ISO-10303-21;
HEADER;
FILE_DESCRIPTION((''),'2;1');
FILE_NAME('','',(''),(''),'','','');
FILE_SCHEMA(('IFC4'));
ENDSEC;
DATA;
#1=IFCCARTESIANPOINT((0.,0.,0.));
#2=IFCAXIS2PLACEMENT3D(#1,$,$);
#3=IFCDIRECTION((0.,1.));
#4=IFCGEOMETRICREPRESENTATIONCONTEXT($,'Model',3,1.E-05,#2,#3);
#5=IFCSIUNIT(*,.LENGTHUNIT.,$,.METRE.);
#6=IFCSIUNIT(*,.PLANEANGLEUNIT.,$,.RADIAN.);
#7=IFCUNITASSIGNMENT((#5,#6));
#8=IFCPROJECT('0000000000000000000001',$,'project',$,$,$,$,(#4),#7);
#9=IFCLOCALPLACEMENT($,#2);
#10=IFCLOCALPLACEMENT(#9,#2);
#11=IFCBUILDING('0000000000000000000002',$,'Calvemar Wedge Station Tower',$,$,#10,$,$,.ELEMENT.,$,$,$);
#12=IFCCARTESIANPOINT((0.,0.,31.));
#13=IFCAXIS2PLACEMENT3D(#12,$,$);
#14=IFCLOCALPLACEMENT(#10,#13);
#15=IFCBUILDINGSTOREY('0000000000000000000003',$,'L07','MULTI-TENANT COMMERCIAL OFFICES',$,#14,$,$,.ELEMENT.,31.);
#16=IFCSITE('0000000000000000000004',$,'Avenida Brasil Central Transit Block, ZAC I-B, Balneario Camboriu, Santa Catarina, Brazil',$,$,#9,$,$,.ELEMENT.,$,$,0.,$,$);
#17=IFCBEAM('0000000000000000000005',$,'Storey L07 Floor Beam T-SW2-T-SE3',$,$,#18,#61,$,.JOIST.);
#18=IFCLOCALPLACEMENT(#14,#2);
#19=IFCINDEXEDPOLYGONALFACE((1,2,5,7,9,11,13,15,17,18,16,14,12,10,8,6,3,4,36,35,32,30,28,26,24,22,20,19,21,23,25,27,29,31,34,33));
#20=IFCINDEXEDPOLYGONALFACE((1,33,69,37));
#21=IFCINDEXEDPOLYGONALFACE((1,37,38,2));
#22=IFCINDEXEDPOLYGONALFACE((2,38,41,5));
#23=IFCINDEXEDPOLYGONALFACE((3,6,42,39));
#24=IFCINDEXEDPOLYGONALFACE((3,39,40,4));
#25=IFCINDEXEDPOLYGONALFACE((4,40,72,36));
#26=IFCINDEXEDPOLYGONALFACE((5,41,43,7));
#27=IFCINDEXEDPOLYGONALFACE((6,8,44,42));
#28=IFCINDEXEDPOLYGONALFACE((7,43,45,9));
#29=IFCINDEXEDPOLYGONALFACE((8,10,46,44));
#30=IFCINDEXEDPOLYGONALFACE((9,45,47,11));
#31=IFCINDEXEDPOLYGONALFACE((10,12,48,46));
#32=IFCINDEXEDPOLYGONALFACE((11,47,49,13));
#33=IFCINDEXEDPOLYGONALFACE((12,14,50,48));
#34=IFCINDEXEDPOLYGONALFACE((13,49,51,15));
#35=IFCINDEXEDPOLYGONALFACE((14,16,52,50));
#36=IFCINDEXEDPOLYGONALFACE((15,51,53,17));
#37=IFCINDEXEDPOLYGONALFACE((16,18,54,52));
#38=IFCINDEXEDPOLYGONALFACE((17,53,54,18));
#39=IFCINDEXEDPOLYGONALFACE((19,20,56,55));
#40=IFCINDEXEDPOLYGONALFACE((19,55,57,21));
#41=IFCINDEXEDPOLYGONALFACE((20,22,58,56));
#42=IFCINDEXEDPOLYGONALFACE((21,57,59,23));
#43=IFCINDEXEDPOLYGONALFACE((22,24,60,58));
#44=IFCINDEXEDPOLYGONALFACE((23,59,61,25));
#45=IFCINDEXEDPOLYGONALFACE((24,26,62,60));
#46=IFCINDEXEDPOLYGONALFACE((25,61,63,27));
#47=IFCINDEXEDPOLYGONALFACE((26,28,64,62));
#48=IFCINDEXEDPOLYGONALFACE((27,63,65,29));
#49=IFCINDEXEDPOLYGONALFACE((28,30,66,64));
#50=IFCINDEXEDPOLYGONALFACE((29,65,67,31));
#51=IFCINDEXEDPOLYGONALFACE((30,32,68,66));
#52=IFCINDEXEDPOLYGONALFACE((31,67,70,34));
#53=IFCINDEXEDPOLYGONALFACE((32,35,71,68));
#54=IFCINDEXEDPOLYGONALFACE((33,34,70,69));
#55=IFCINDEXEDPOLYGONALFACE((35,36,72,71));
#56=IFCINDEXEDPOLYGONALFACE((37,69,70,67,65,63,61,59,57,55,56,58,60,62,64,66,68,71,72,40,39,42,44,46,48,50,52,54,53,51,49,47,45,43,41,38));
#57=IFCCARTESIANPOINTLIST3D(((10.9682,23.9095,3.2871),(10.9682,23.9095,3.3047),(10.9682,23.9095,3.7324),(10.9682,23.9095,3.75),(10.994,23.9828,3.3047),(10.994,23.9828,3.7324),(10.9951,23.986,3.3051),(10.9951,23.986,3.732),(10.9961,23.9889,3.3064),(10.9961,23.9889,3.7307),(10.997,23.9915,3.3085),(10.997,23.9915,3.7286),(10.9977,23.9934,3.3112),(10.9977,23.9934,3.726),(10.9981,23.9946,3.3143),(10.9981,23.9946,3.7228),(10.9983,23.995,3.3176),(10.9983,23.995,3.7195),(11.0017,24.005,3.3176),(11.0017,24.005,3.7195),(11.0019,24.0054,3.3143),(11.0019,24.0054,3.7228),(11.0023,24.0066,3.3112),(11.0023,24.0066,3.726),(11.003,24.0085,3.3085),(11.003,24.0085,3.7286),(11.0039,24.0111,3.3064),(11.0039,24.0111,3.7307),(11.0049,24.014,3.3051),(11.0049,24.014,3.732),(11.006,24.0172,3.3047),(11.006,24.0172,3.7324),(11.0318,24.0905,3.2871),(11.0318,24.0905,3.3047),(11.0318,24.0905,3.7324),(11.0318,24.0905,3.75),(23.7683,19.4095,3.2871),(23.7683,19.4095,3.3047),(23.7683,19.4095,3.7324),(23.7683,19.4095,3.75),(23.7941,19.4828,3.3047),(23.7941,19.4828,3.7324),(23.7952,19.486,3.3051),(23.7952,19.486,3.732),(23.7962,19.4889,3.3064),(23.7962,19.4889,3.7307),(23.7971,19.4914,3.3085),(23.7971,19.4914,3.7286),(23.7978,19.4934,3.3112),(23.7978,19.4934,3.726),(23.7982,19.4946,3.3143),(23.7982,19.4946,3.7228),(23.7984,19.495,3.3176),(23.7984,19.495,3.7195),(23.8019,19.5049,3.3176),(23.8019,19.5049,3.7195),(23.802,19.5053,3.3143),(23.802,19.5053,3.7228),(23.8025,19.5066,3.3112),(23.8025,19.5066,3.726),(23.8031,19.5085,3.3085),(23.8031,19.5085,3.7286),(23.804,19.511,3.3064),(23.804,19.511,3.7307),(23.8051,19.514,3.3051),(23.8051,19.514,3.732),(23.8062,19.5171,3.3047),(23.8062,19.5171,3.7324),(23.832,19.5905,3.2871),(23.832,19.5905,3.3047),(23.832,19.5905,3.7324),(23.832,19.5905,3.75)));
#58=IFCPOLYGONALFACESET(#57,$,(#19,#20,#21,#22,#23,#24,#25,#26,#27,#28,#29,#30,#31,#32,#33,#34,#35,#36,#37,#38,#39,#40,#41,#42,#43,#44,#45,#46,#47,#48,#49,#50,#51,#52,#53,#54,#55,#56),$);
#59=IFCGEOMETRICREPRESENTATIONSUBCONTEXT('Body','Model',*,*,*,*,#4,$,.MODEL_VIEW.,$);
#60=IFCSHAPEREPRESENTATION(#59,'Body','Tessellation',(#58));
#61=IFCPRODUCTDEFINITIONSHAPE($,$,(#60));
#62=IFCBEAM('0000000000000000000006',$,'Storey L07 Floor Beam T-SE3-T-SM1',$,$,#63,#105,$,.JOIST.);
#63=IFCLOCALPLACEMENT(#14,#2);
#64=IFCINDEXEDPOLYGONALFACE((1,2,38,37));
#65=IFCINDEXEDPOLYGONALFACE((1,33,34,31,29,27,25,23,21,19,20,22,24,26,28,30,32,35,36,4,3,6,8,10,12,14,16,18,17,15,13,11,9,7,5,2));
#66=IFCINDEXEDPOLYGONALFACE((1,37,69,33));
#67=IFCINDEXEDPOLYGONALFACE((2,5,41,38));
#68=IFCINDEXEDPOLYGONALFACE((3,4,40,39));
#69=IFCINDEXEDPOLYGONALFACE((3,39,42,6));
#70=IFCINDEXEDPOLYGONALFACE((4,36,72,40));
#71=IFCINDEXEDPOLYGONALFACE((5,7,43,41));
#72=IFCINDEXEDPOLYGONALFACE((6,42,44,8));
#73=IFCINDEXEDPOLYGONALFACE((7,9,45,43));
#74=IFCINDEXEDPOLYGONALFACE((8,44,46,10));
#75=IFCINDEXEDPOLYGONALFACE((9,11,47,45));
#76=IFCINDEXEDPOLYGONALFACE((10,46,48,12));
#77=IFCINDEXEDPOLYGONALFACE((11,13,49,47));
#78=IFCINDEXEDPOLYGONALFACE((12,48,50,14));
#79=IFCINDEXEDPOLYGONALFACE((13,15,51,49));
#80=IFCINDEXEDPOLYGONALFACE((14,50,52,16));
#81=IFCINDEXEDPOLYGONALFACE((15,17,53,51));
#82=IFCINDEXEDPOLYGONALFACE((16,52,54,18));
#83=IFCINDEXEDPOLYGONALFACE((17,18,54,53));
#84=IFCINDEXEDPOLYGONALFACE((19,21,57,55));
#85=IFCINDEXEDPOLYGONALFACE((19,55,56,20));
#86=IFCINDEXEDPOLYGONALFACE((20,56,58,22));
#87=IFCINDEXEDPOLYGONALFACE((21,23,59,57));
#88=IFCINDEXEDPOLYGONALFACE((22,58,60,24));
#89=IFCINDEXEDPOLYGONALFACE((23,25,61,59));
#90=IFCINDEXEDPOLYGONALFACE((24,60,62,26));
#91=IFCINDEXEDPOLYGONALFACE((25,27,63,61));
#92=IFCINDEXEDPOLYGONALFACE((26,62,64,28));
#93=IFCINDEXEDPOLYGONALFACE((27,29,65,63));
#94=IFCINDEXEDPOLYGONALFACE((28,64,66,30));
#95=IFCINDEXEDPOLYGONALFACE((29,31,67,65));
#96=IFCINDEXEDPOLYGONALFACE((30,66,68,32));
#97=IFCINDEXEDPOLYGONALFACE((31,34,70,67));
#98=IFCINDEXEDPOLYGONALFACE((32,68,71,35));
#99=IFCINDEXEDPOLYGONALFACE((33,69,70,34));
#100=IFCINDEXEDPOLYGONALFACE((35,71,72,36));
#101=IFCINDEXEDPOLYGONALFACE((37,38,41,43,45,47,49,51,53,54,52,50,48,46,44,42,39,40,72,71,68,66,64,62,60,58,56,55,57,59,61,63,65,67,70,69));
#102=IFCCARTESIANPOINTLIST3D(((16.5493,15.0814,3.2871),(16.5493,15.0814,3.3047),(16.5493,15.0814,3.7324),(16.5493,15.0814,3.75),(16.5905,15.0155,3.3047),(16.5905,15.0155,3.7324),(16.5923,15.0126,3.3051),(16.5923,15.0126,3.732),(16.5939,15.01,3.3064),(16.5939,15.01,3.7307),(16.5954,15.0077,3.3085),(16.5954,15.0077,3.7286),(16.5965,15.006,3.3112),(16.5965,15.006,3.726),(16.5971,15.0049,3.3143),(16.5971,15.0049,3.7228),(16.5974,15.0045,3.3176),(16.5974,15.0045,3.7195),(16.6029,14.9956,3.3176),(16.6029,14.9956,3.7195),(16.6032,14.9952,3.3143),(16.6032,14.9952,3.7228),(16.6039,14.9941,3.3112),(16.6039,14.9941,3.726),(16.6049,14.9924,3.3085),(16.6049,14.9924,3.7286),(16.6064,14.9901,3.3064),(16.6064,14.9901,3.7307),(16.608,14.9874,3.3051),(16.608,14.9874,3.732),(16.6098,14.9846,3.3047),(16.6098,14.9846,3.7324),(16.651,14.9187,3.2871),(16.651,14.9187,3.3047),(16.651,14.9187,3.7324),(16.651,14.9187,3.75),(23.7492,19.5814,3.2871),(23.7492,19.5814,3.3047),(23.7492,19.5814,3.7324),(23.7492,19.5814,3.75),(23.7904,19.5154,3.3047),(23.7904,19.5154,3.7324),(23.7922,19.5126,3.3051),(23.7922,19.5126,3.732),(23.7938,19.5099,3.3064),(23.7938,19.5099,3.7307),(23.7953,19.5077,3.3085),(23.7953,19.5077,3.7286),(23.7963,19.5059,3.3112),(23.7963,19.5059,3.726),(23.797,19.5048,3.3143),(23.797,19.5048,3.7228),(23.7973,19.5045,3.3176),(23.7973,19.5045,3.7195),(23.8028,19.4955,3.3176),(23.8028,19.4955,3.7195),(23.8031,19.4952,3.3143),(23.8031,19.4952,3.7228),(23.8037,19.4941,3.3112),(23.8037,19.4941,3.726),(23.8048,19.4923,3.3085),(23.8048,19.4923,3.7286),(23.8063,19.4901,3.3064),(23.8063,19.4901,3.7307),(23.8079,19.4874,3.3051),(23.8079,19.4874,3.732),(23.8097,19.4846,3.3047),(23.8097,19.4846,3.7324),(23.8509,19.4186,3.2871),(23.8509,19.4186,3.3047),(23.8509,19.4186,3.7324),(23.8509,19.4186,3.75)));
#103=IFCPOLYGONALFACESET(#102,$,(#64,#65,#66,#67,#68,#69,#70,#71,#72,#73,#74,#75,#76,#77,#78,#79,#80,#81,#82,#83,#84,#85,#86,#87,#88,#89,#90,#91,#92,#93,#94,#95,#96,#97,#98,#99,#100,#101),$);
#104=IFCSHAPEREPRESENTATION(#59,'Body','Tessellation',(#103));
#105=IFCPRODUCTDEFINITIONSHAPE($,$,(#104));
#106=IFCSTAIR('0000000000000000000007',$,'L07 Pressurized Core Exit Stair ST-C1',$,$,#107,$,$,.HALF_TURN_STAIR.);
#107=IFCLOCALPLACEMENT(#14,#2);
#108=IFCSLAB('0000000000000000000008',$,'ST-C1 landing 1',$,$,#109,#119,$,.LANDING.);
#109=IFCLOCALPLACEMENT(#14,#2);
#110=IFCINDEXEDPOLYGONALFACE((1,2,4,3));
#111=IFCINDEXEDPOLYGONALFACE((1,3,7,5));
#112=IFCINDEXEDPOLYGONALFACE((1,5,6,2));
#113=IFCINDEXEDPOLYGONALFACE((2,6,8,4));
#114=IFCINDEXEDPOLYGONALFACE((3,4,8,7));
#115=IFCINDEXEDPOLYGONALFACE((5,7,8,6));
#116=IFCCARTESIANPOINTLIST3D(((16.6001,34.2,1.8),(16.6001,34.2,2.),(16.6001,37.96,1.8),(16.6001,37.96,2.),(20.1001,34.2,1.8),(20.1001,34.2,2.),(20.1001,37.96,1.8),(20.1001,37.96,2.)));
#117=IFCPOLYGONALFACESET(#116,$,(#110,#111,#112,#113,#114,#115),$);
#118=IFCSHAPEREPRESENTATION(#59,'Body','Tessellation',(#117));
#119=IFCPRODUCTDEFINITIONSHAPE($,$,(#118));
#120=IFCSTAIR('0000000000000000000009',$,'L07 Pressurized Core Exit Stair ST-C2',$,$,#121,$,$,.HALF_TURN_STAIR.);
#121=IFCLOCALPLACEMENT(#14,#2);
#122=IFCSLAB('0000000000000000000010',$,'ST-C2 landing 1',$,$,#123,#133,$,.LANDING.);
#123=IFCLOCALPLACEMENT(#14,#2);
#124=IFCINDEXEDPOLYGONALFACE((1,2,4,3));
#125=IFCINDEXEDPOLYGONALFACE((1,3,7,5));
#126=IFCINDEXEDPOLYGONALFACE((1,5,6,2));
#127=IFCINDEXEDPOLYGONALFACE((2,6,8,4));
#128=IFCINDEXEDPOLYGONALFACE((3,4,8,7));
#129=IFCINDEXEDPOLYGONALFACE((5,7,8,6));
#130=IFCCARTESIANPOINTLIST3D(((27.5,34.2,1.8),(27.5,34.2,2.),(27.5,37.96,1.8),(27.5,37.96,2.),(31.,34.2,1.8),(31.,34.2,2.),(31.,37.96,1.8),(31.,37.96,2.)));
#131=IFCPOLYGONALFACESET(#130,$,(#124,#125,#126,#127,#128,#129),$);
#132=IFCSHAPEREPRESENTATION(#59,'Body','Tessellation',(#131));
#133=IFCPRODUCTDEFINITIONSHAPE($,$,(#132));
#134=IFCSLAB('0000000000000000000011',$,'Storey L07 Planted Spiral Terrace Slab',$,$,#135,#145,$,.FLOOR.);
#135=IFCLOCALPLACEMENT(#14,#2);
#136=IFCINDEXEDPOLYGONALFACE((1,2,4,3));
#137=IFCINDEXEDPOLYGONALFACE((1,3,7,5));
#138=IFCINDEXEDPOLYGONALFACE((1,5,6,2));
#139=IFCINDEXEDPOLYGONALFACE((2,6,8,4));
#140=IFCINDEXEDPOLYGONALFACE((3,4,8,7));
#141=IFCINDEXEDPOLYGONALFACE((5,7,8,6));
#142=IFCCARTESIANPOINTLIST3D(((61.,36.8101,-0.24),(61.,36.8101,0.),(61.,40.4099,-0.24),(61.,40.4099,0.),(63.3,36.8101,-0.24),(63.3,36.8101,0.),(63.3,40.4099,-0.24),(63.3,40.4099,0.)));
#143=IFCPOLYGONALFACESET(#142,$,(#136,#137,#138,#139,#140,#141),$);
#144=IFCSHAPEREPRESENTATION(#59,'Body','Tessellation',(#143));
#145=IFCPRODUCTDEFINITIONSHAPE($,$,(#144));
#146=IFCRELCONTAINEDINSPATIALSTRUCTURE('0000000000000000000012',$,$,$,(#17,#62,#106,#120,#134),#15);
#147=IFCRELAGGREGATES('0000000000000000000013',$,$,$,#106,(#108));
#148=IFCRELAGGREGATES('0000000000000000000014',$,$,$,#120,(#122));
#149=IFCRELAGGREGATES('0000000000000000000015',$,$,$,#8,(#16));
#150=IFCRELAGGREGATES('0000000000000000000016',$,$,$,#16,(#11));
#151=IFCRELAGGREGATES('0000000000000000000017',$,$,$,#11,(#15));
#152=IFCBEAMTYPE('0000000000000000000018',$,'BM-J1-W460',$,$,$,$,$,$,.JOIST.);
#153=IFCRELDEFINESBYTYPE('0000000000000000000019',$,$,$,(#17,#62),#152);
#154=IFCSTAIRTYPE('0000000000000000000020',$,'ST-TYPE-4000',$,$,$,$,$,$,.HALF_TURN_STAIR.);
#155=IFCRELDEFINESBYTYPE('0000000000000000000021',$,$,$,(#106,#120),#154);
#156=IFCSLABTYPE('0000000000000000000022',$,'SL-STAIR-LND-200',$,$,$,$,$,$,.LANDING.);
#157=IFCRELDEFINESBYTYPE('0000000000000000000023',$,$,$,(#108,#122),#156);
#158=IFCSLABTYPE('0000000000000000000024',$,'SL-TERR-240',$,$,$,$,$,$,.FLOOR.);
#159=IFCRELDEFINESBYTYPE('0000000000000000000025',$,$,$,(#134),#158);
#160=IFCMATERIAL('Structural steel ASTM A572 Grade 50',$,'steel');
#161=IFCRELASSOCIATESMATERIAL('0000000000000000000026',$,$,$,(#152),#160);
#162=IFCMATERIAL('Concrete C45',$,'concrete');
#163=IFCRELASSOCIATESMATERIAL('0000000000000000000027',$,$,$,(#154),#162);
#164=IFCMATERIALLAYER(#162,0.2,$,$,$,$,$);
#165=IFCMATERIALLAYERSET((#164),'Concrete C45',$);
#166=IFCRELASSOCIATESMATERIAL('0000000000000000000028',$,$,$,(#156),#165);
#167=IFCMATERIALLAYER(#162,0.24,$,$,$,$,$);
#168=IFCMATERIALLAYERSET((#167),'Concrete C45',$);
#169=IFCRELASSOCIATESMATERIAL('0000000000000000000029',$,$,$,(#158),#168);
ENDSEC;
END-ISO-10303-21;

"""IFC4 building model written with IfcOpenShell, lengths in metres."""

from ifc_helpers import new_model, si_unit, direction, frame, origin, origin_2d, place, context, subcontext, project, spatial, polyline, i_section, outline, extrude, source, transform, mapped, material, layer, layer_set, material_profile, profile_set, type_object, element, aggregate, save


model = new_model("IFC4")

# Units and contexts
model_context = context("Model", 3, precision=1e-05, world=origin(), true_north=direction((0.0, 1.0)))
body_context = subcontext(model_context, "Body", "Model", "MODEL_VIEW")
ifc_project = project(units=[si_unit("LENGTHUNIT", "METRE"), si_unit("PLANEANGLEUNIT", "RADIAN")], contexts=[model_context])

# Site, building, storey
site_placement = place(None, origin())
site = spatial("IfcSite", under=ifc_project, at=site_placement, Name="Avenida Brasil Central Transit Block, ZAC I-B, Balneario Camboriu, Santa Catarina, Brazil", CompositionType="ELEMENT", RefElevation=0.0)
building_placement = place(site_placement, origin())
building = spatial("IfcBuilding", under=site, at=building_placement, Name="Calvemar Wedge Station Tower", CompositionType="ELEMENT")
storey_placement = place(building_placement, frame((0.0, 0.0, 31.0)))
storey = spatial("IfcBuildingStorey", under=building, at=storey_placement, Name="L07", Description="MULTI-TENANT COMMERCIAL OFFICES", CompositionType="ELEMENT", Elevation=31.0)

# Beams
ifc_material_1 = material(Name="Structural steel ASTM A572 Grade 50", Category="steel")
ifc_material_profile_1 = material_profile(ifc_material_1, i_section(OverallWidth=0.1919, OverallDepth=0.4629, WebThickness=0.0105, FlangeThickness=0.0176, FilletRadius=0.0129, at=origin_2d()), Name="W460x89")
ifc_profile_set_1 = profile_set([ifc_material_profile_1], Name="Structural steel ASTM A572 Grade 50")
beam_type_1 = type_object("IfcBeamType", Name="BM-J1-W460", PredefinedType="JOIST", material=ifc_profile_set_1)
shared_shape_1 = source(origin(), body_context, "Body", "SweptSolid", [
    extrude(i_section(OverallWidth=0.1919, OverallDepth=0.4629, WebThickness=0.0105, FlangeThickness=0.0176, FilletRadius=0.0129, at=origin_2d()), origin(), (0.0, 0.0, 1.0), 13.5681),
])
beam_1_placement = place(storey_placement, frame((11.0, 24.0, 3.5186), z_axis=(0.943398, -0.331662, 0.0), x_axis=(0.331662, 0.943398, 0.0)))
element("IfcBeam", 1, at=beam_1_placement, inside=storey, type_object=beam_type_1, Name="Storey L07 Floor Beam T-SW2-T-SE3", PredefinedType="JOIST", context=body_context, shape_type="MappedRepresentation", body=[
    mapped(shared_shape_1, transform((0.0, 0.0, 0.0), scale=1.0)),
])
shared_shape_2 = source(origin(), body_context, "Body", "SweptSolid", [
    extrude(i_section(OverallWidth=0.1919, OverallDepth=0.4629, WebThickness=0.0105, FlangeThickness=0.0176, FilletRadius=0.0129, at=origin_2d()), origin(), (0.0, 0.0, 1.0), 8.4905),
])
beam_2_placement = place(storey_placement, frame((23.8, 19.5, 3.5186), z_axis=(-0.847997, -0.530002, 0.0), x_axis=(0.530002, -0.847997, 0.0)))
element("IfcBeam", 2, at=beam_2_placement, inside=storey, type_object=beam_type_1, Name="Storey L07 Floor Beam T-SE3-T-SM1", PredefinedType="JOIST", context=body_context, shape_type="MappedRepresentation", body=[
    mapped(shared_shape_2, transform((0.0, 0.0, 0.0), scale=1.0)),
])

# Stairs, slabs
ifc_material_2 = material(Name="Concrete C45", Category="concrete")
stair_type = type_object("IfcStairType", Name="ST-TYPE-4000", PredefinedType="HALF_TURN_STAIR", material=ifc_material_2)
stair_1_placement = place(storey_placement, origin())
stair_1 = element("IfcStair", 3, at=stair_1_placement, inside=storey, type_object=stair_type, Name="L07 Pressurized Core Exit Stair ST-C1", PredefinedType="HALF_TURN_STAIR")
ifc_layer_1 = layer(ifc_material_2, 0.2)
ifc_layer_set_1 = layer_set([ifc_layer_1], Name="Concrete C45")
slab_type_1 = type_object("IfcSlabType", Name="SL-STAIR-LND-200", PredefinedType="LANDING", material=ifc_layer_set_1)
slab_1_placement = place(storey_placement, frame((0.0, 0.0, 1.8)))
slab_1 = element("IfcSlab", 4, at=slab_1_placement, type_object=slab_type_1, Name="ST-C1 landing 1", PredefinedType="LANDING", context=body_context, shape_type="SweptSolid", body=[
    extrude(outline(polyline([(16.6001, 37.96), (16.6001, 34.2), (20.1001, 34.2), (20.1001, 37.96), (16.6001, 37.96)])), origin(), (0.0, 0.0, 1.0), 0.2),
])
aggregate(stair_1, [slab_1])
stair_2_placement = place(storey_placement, origin())
stair_2 = element("IfcStair", 5, at=stair_2_placement, inside=storey, type_object=stair_type, Name="L07 Pressurized Core Exit Stair ST-C2", PredefinedType="HALF_TURN_STAIR")
slab_2_placement = place(storey_placement, frame((0.0, 0.0, 1.8)))
slab_2 = element("IfcSlab", 6, at=slab_2_placement, type_object=slab_type_1, Name="ST-C2 landing 1", PredefinedType="LANDING", context=body_context, shape_type="SweptSolid", body=[
    extrude(outline(polyline([(27.5, 37.96), (27.5, 34.2), (31.0, 34.2), (31.0, 37.96), (27.5, 37.96)])), origin(), (0.0, 0.0, 1.0), 0.2),
])
aggregate(stair_2, [slab_2])

# Slab
ifc_layer_2 = layer(ifc_material_2, 0.24)
ifc_layer_set_2 = layer_set([ifc_layer_2], Name="Concrete C45")
slab_type_2 = type_object("IfcSlabType", Name="SL-TERR-240", PredefinedType="FLOOR", material=ifc_layer_set_2)
slab_3_placement = place(storey_placement, frame((0.0, 0.0, -0.24)))
element("IfcSlab", 7, at=slab_3_placement, inside=storey, type_object=slab_type_2, Name="Storey L07 Planted Spiral Terrace Slab", PredefinedType="FLOOR", context=body_context, shape_type="SweptSolid", body=[
    extrude(outline(polyline([(61.0, 36.8101), (63.3, 36.8101), (63.3, 40.4099), (61.0, 40.4099), (61.0, 36.8101)])), origin(), (0.0, 0.0, 1.0), 0.24),
])

save(model, "model.ifc")
